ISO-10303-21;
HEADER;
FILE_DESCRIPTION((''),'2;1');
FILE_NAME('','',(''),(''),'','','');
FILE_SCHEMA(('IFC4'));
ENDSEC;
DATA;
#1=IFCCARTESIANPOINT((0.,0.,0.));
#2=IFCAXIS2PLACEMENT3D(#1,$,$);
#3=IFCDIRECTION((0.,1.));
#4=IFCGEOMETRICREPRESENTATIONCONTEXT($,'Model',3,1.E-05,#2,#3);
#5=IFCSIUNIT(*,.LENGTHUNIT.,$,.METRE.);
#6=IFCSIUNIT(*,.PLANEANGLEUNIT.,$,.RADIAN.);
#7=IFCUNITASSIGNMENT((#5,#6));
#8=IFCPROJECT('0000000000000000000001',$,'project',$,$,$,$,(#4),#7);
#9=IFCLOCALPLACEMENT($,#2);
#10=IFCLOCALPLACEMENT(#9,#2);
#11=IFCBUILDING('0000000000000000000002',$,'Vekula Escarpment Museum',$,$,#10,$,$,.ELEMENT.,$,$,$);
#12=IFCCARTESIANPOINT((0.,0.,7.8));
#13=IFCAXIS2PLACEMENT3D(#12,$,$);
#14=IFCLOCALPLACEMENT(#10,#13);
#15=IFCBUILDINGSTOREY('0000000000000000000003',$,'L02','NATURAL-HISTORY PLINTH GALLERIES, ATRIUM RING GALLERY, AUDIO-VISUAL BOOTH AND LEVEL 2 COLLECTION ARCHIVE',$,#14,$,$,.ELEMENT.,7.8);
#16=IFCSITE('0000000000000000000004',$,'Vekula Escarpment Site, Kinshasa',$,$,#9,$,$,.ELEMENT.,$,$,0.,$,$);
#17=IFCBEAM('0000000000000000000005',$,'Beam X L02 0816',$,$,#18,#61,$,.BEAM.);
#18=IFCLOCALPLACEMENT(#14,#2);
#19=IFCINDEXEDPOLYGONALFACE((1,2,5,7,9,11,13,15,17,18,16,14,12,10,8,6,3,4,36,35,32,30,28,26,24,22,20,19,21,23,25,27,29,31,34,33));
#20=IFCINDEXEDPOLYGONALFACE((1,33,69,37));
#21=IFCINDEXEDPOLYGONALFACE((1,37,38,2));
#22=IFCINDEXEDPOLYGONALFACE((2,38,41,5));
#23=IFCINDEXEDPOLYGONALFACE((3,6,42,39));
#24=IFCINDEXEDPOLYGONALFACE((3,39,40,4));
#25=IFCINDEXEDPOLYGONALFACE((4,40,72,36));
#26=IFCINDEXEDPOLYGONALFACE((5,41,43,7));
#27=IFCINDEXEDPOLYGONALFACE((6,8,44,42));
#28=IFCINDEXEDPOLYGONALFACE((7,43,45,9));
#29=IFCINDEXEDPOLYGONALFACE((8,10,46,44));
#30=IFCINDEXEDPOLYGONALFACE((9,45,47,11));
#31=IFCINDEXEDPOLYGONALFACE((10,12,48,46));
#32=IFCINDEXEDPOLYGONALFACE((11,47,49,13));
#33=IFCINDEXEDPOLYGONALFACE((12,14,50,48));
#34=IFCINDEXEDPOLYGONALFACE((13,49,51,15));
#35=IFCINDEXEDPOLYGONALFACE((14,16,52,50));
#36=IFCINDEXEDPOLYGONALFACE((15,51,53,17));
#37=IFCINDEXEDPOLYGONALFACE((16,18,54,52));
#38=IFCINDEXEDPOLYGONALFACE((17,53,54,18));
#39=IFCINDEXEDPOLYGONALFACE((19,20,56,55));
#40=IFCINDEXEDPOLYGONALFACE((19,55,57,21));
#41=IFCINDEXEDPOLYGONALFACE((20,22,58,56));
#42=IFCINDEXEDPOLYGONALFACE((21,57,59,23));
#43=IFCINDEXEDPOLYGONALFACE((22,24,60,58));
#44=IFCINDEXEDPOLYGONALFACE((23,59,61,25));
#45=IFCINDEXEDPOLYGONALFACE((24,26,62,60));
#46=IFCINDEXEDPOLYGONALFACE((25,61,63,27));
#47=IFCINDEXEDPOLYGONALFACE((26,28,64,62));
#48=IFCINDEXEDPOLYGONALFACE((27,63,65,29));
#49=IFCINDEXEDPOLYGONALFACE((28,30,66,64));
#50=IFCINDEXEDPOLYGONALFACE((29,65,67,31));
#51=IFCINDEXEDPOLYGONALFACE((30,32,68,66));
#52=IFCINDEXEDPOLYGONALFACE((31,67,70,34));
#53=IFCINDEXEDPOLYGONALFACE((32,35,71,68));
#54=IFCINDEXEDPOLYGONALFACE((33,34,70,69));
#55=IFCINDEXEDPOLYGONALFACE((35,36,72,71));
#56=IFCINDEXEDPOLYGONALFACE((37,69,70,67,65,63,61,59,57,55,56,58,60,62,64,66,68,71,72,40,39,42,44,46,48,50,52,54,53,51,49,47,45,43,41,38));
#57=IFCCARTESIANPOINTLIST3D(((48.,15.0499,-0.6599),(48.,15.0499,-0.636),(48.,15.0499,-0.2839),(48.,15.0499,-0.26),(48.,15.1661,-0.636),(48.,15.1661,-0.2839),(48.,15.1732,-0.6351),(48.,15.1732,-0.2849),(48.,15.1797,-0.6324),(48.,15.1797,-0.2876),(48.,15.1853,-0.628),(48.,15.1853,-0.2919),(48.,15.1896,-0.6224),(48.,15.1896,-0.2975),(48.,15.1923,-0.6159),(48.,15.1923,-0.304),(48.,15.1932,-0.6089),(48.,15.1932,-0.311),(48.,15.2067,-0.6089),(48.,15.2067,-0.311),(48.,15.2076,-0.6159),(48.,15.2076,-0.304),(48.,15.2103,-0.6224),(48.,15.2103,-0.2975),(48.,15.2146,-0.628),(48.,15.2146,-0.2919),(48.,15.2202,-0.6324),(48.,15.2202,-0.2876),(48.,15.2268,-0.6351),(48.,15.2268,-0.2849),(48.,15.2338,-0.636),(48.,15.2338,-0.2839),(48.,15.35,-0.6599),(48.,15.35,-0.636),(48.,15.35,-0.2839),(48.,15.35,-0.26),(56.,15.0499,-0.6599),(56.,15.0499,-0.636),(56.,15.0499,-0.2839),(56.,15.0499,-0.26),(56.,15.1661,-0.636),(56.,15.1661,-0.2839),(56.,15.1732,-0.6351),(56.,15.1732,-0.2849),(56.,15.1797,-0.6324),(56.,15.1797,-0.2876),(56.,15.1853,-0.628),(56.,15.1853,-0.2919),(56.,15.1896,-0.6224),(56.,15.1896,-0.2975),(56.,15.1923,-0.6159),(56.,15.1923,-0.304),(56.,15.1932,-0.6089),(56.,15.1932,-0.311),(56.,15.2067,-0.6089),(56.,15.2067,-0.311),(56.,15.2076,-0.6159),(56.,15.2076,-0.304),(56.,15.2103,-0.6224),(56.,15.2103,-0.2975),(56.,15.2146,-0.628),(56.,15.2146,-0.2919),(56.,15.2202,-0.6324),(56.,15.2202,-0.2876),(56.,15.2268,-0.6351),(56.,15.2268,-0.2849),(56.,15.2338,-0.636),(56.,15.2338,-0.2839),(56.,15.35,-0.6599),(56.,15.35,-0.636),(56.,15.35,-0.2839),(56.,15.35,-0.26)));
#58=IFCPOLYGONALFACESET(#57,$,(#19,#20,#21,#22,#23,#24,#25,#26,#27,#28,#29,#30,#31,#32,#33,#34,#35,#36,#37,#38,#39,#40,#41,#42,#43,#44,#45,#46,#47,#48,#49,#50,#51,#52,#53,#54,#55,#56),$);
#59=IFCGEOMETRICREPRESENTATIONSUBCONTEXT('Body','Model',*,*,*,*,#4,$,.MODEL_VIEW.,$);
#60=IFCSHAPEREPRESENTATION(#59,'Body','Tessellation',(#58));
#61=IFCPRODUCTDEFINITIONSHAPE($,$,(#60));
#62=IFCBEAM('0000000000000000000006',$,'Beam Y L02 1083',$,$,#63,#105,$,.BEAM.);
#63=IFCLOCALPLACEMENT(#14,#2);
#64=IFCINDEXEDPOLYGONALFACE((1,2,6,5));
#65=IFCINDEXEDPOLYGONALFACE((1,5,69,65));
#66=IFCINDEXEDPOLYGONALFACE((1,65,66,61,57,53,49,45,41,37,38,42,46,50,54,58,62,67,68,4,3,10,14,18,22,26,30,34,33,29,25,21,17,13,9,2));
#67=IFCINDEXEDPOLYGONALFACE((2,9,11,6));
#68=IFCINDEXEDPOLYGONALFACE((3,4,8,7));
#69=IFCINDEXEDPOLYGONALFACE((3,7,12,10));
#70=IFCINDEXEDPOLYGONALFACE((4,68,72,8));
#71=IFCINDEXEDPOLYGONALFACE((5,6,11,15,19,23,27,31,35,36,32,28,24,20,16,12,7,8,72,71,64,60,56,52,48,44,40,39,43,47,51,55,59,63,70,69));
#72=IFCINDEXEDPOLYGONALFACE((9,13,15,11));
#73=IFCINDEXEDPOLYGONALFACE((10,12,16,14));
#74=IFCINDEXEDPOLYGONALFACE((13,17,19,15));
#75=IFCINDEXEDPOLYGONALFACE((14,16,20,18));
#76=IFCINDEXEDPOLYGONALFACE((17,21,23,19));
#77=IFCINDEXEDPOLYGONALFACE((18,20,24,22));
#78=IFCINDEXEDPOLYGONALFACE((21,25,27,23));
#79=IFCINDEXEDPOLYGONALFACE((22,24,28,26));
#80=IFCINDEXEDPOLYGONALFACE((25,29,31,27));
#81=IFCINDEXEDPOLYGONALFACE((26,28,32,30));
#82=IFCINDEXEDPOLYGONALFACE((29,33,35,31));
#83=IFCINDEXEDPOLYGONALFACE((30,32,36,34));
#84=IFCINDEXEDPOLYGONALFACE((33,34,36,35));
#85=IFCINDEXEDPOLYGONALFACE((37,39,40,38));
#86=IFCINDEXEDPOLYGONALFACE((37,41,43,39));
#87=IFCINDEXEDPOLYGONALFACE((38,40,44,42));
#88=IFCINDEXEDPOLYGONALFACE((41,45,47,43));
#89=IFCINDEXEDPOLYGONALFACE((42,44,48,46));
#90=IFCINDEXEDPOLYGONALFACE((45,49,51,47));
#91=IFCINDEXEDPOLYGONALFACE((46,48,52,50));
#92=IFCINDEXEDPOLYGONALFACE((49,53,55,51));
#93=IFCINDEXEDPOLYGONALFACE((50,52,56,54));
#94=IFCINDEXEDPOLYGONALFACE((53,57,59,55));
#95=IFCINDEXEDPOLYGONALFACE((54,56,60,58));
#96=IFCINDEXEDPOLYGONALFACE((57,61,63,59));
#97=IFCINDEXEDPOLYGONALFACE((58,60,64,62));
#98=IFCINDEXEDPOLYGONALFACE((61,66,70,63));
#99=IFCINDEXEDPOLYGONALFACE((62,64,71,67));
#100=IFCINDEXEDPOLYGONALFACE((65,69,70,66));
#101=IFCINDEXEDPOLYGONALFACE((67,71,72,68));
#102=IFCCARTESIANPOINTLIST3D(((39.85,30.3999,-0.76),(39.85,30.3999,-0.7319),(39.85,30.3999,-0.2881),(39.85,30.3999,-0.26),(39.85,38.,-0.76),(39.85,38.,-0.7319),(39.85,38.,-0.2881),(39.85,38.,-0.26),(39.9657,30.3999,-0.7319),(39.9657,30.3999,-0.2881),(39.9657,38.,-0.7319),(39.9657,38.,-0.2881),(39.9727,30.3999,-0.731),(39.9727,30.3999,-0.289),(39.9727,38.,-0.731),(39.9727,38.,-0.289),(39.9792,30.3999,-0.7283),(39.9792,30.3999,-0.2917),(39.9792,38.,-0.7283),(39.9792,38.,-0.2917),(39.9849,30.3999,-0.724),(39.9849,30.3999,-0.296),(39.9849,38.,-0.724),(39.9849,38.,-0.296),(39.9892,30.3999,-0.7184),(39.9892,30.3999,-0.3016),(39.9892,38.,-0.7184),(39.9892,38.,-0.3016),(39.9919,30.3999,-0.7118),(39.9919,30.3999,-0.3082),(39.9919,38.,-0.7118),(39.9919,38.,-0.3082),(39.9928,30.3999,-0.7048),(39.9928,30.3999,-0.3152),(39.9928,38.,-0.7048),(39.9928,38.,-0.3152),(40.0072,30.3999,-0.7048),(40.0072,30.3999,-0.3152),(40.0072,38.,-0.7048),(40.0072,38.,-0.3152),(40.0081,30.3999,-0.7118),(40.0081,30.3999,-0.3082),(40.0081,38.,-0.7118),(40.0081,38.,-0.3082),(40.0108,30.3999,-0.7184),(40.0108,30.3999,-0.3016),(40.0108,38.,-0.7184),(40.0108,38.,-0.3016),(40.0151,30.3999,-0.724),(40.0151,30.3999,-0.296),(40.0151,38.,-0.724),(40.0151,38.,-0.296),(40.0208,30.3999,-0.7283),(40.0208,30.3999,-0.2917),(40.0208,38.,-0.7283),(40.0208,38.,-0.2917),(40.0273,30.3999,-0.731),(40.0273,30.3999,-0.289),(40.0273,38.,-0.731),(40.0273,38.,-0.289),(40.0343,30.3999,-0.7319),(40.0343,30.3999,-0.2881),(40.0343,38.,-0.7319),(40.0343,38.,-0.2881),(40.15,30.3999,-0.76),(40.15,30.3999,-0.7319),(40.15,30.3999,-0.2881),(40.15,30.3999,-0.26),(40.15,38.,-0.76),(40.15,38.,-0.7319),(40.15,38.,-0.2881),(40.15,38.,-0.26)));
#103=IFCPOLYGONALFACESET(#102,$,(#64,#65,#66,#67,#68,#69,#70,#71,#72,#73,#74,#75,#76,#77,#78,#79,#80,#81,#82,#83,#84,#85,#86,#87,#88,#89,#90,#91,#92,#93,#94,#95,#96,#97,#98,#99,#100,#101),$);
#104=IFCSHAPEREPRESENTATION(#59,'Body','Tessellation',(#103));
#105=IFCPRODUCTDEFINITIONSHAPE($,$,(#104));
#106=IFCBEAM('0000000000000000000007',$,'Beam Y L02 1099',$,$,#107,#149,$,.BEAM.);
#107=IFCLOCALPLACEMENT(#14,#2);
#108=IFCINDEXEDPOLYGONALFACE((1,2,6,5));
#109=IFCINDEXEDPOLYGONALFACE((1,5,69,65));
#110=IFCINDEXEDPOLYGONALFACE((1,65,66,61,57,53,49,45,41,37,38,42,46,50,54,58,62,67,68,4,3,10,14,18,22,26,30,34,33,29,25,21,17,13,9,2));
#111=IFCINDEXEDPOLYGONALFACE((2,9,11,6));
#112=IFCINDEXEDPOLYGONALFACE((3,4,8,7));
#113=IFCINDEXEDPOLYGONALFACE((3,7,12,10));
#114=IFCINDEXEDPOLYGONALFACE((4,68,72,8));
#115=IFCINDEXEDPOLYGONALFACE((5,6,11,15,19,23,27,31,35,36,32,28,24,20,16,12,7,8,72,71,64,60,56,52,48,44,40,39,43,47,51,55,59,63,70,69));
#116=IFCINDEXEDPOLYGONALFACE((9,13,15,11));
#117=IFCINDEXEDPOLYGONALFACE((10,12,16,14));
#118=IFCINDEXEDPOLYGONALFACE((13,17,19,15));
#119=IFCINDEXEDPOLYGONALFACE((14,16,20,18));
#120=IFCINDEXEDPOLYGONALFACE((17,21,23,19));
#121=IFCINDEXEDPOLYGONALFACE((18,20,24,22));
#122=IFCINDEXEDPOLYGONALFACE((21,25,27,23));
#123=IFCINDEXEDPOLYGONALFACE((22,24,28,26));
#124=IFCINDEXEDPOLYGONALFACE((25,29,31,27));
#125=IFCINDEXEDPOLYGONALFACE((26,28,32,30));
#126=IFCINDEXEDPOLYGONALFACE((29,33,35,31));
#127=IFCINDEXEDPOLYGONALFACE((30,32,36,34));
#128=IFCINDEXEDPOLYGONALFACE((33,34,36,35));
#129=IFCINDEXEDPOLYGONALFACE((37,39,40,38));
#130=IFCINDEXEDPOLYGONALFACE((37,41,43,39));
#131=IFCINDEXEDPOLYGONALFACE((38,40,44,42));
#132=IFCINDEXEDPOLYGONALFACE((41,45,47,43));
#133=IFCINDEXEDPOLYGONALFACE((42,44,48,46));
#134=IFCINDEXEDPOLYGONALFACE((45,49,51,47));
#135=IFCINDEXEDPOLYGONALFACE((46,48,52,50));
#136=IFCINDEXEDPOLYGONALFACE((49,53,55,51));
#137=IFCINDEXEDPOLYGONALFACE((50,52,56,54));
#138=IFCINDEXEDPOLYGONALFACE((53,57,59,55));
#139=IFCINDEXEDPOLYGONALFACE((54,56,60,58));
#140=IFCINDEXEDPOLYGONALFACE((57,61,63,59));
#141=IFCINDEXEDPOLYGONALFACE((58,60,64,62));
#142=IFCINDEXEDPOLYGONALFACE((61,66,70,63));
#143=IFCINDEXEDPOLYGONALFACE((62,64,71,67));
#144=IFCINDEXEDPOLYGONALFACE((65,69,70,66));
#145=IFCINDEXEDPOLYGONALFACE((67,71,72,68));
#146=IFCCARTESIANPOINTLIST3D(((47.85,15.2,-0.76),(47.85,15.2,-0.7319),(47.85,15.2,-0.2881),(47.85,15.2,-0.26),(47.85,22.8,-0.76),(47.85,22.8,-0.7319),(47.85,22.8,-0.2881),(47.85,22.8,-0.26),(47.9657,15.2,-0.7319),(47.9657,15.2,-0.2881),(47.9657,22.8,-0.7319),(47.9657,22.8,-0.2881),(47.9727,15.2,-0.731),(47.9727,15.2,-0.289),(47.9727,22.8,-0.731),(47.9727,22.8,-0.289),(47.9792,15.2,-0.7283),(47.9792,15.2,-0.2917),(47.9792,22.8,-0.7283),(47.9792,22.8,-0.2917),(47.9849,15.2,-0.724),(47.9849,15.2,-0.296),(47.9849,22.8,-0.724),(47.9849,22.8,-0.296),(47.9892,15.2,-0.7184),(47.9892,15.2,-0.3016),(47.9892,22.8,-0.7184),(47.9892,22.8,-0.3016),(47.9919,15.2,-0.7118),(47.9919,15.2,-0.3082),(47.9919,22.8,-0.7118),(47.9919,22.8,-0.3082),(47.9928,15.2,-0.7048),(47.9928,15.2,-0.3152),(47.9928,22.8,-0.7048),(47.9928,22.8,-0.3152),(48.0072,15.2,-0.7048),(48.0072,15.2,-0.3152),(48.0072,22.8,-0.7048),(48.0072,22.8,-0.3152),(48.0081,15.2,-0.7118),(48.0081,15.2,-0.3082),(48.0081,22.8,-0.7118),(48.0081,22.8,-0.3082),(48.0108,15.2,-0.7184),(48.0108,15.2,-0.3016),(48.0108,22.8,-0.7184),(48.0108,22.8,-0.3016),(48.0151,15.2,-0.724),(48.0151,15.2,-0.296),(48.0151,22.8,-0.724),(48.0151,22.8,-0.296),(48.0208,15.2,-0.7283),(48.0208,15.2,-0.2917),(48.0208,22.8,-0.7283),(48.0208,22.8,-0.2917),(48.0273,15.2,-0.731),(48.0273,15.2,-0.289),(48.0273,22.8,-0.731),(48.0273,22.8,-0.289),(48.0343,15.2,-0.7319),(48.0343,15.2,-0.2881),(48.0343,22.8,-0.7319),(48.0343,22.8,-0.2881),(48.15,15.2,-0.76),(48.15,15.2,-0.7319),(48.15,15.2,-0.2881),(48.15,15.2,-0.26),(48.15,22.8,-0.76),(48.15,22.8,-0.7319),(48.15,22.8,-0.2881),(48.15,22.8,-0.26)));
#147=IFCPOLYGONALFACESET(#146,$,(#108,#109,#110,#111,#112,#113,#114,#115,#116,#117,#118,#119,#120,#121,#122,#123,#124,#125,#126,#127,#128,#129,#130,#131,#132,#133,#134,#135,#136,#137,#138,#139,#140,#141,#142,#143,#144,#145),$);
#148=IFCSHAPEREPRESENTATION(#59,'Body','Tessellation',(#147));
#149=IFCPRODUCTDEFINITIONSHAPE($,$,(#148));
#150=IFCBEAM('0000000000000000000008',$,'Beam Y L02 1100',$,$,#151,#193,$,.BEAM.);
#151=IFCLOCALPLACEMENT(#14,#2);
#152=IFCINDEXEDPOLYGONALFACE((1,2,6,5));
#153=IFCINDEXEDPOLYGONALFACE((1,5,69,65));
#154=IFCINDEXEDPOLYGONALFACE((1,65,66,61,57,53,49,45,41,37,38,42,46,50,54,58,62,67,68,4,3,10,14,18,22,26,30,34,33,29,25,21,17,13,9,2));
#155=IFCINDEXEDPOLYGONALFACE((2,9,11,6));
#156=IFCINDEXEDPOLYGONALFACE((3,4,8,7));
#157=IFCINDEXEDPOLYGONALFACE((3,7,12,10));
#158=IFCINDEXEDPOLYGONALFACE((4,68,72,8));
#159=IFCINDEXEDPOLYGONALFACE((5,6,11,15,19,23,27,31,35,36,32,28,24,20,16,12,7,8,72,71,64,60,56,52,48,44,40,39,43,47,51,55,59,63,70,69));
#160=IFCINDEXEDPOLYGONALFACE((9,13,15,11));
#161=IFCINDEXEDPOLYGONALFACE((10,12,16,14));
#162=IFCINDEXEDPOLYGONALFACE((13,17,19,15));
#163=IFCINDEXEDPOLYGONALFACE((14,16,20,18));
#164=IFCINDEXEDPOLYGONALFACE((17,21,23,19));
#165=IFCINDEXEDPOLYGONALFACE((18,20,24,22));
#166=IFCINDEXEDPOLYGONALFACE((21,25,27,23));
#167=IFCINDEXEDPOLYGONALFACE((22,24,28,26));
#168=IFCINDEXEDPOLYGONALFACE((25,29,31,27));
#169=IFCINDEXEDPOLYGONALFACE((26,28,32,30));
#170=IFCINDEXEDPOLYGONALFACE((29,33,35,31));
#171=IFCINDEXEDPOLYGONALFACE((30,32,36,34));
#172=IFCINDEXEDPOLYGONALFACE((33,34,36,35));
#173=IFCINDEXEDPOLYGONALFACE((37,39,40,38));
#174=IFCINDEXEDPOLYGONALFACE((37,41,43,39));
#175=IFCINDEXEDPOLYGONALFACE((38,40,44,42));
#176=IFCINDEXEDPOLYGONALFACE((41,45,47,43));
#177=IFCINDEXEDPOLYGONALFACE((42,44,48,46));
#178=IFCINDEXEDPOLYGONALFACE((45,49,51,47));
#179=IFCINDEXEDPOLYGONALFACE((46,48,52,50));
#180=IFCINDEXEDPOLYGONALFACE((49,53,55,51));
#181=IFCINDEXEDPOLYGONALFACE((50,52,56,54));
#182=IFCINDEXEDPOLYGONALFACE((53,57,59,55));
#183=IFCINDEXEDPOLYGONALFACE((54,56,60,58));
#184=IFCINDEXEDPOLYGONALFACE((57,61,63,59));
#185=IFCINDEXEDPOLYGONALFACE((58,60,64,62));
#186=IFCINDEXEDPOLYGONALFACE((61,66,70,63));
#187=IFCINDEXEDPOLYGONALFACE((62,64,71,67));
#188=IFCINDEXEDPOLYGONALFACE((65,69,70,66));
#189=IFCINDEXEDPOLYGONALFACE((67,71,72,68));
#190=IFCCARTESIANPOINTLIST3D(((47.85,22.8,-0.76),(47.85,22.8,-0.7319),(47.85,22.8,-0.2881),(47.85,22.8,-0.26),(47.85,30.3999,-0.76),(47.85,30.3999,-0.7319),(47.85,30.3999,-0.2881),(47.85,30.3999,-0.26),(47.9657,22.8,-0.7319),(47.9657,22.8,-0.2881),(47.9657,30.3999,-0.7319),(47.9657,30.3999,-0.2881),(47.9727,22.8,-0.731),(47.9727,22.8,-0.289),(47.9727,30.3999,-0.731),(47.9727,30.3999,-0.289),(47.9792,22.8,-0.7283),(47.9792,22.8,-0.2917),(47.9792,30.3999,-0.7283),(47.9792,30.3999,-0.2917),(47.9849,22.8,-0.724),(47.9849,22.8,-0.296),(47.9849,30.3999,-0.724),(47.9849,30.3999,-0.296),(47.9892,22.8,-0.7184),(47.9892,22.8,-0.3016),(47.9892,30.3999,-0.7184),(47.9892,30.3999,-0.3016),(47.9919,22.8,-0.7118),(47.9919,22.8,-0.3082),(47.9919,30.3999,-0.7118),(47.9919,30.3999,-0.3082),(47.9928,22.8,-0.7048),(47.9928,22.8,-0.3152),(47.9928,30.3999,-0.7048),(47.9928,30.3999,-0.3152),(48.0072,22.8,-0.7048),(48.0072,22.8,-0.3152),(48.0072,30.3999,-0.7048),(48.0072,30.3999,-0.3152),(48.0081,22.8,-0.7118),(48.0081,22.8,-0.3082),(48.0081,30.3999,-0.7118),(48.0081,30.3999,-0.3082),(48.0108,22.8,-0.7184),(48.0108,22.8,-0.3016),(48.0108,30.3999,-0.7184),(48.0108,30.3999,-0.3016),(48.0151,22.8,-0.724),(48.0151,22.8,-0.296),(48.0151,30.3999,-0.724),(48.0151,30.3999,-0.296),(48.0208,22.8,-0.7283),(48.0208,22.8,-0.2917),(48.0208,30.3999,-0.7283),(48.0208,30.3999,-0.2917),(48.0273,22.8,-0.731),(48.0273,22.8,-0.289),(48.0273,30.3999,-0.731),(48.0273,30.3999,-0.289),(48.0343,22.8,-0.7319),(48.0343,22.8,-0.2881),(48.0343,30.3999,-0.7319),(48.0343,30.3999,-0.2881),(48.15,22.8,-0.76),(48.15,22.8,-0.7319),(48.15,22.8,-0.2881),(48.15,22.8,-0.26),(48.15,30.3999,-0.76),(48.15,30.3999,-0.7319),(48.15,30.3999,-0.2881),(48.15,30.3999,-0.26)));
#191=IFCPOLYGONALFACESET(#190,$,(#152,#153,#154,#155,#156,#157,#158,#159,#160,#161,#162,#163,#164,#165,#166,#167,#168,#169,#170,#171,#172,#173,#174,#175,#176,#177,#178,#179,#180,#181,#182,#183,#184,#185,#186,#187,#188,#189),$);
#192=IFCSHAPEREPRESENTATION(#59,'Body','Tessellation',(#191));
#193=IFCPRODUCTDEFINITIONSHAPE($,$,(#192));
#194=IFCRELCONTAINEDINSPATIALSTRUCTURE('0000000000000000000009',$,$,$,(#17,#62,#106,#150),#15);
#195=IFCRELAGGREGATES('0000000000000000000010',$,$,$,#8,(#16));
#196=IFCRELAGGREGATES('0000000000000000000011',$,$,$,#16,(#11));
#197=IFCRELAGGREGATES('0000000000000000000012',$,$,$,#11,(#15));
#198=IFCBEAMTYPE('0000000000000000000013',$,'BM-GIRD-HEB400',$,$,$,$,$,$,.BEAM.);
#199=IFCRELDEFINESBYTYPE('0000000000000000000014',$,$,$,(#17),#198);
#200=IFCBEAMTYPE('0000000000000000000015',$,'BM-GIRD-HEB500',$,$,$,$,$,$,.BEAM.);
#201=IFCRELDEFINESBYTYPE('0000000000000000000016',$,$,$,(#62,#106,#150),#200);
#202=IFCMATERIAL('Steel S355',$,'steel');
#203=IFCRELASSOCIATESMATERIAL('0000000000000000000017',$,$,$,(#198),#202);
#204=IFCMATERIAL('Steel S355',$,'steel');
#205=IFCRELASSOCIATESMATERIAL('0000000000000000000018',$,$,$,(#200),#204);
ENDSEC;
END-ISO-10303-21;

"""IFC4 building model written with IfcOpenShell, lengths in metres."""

from ifc_helpers import new_model, si_unit, direction, frame, origin, origin_2d, place, context, subcontext, project, spatial, i_section, extrude, material, material_profile, profile_set, type_object, element, save


model = new_model("IFC4")

# Units and contexts
model_context = context("Model", 3, precision=1e-05, world=origin(), true_north=direction((0.0, 1.0)))
body_context = subcontext(model_context, "Body", "Model", "MODEL_VIEW")
ifc_project = project(units=[si_unit("LENGTHUNIT", "METRE"), si_unit("PLANEANGLEUNIT", "RADIAN")], contexts=[model_context])

# Site, building, storey
site_placement = place(None, origin())
site = spatial("IfcSite", under=ifc_project, at=site_placement, Name="Vekula Escarpment Site, Kinshasa", CompositionType="ELEMENT", RefElevation=0.0)
building_placement = place(site_placement, origin())
building = spatial("IfcBuilding", under=site, at=building_placement, Name="Vekula Escarpment Museum", CompositionType="ELEMENT")
storey_placement = place(building_placement, frame((0.0, 0.0, 7.8)))
storey = spatial("IfcBuildingStorey", under=building, at=storey_placement, Name="L02", Description="NATURAL-HISTORY PLINTH GALLERIES, ATRIUM RING GALLERY, AUDIO-VISUAL BOOTH AND LEVEL 2 COLLECTION ARCHIVE", CompositionType="ELEMENT", Elevation=7.8)

# Beams
ifc_material_1 = material(Name="Steel S355", Category="steel")
ifc_material_profile_1 = material_profile(ifc_material_1, i_section(OverallWidth=0.3, OverallDepth=0.3999, WebThickness=0.0134, FlangeThickness=0.0239, FilletRadius=0.0271, at=origin_2d()), Name="HEB 400")
ifc_profile_set_1 = profile_set([ifc_material_profile_1], Name="Steel S355")
beam_type_1 = type_object("IfcBeamType", Name="BM-GIRD-HEB400", PredefinedType="BEAM", material=ifc_profile_set_1)
beam_1_placement = place(storey_placement, frame((48.0, 15.2, -0.46), z_axis=(1.0, 0.0, 0.0), x_axis=(0.0, 1.0, 0.0)))
element("IfcBeam", 1, at=beam_1_placement, inside=storey, type_object=beam_type_1, Name="Beam X L02 0816", PredefinedType="BEAM", context=body_context, shape_type="SweptSolid", body=[
    extrude(i_section(OverallWidth=0.3, OverallDepth=0.3999, WebThickness=0.0134, FlangeThickness=0.0239, FilletRadius=0.0271, at=origin_2d()), origin(), (0.0, 0.0, 1.0), 8.0),
])
ifc_material_2 = material(Name="Steel S355", Category="steel")
ifc_material_profile_2 = material_profile(ifc_material_2, i_section(OverallWidth=0.3, OverallDepth=0.5, WebThickness=0.0144, FlangeThickness=0.0281, FilletRadius=0.0271, at=origin_2d()), Name="HEB 500")
ifc_profile_set_2 = profile_set([ifc_material_profile_2], Name="Steel S355")
beam_type_2 = type_object("IfcBeamType", Name="BM-GIRD-HEB500", PredefinedType="BEAM", material=ifc_profile_set_2)
for number, where, z_axis, x_axis, name in (
    (2, (40.0, 30.3999, -0.51), (0.0, 1.0, 0.0), (-1.0, 0.0, 0.0), "Beam Y L02 1083"),
    (3, (48.0, 15.2, -0.51), (0.0, 1.0, 0.0), (-1.0, 0.0, 0.0), "Beam Y L02 1099"),
):
    element("IfcBeam", number, at=place(storey_placement, frame(where, z_axis=z_axis, x_axis=x_axis)), inside=storey, type_object=beam_type_2, Name=name, PredefinedType="BEAM", context=body_context, shape_type="SweptSolid", body=[
        extrude(i_section(OverallWidth=0.3, OverallDepth=0.5, WebThickness=0.0144, FlangeThickness=0.0281, FilletRadius=0.0271, at=origin_2d()), origin(), (0.0, 0.0, 1.0), 7.6001),
    ])
beam_2_placement = place(storey_placement, frame((48.0, 22.8, -0.51), z_axis=(0.0, 1.0, 0.0), x_axis=(-1.0, 0.0, 0.0)))
element("IfcBeam", 4, at=beam_2_placement, inside=storey, type_object=beam_type_2, Name="Beam Y L02 1100", PredefinedType="BEAM", context=body_context, shape_type="SweptSolid", body=[
    extrude(i_section(OverallWidth=0.3, OverallDepth=0.5, WebThickness=0.0144, FlangeThickness=0.0281, FilletRadius=0.0271, at=origin_2d()), origin(), (0.0, 0.0, 1.0), 7.5999),
])

save(model, "model.ifc")
